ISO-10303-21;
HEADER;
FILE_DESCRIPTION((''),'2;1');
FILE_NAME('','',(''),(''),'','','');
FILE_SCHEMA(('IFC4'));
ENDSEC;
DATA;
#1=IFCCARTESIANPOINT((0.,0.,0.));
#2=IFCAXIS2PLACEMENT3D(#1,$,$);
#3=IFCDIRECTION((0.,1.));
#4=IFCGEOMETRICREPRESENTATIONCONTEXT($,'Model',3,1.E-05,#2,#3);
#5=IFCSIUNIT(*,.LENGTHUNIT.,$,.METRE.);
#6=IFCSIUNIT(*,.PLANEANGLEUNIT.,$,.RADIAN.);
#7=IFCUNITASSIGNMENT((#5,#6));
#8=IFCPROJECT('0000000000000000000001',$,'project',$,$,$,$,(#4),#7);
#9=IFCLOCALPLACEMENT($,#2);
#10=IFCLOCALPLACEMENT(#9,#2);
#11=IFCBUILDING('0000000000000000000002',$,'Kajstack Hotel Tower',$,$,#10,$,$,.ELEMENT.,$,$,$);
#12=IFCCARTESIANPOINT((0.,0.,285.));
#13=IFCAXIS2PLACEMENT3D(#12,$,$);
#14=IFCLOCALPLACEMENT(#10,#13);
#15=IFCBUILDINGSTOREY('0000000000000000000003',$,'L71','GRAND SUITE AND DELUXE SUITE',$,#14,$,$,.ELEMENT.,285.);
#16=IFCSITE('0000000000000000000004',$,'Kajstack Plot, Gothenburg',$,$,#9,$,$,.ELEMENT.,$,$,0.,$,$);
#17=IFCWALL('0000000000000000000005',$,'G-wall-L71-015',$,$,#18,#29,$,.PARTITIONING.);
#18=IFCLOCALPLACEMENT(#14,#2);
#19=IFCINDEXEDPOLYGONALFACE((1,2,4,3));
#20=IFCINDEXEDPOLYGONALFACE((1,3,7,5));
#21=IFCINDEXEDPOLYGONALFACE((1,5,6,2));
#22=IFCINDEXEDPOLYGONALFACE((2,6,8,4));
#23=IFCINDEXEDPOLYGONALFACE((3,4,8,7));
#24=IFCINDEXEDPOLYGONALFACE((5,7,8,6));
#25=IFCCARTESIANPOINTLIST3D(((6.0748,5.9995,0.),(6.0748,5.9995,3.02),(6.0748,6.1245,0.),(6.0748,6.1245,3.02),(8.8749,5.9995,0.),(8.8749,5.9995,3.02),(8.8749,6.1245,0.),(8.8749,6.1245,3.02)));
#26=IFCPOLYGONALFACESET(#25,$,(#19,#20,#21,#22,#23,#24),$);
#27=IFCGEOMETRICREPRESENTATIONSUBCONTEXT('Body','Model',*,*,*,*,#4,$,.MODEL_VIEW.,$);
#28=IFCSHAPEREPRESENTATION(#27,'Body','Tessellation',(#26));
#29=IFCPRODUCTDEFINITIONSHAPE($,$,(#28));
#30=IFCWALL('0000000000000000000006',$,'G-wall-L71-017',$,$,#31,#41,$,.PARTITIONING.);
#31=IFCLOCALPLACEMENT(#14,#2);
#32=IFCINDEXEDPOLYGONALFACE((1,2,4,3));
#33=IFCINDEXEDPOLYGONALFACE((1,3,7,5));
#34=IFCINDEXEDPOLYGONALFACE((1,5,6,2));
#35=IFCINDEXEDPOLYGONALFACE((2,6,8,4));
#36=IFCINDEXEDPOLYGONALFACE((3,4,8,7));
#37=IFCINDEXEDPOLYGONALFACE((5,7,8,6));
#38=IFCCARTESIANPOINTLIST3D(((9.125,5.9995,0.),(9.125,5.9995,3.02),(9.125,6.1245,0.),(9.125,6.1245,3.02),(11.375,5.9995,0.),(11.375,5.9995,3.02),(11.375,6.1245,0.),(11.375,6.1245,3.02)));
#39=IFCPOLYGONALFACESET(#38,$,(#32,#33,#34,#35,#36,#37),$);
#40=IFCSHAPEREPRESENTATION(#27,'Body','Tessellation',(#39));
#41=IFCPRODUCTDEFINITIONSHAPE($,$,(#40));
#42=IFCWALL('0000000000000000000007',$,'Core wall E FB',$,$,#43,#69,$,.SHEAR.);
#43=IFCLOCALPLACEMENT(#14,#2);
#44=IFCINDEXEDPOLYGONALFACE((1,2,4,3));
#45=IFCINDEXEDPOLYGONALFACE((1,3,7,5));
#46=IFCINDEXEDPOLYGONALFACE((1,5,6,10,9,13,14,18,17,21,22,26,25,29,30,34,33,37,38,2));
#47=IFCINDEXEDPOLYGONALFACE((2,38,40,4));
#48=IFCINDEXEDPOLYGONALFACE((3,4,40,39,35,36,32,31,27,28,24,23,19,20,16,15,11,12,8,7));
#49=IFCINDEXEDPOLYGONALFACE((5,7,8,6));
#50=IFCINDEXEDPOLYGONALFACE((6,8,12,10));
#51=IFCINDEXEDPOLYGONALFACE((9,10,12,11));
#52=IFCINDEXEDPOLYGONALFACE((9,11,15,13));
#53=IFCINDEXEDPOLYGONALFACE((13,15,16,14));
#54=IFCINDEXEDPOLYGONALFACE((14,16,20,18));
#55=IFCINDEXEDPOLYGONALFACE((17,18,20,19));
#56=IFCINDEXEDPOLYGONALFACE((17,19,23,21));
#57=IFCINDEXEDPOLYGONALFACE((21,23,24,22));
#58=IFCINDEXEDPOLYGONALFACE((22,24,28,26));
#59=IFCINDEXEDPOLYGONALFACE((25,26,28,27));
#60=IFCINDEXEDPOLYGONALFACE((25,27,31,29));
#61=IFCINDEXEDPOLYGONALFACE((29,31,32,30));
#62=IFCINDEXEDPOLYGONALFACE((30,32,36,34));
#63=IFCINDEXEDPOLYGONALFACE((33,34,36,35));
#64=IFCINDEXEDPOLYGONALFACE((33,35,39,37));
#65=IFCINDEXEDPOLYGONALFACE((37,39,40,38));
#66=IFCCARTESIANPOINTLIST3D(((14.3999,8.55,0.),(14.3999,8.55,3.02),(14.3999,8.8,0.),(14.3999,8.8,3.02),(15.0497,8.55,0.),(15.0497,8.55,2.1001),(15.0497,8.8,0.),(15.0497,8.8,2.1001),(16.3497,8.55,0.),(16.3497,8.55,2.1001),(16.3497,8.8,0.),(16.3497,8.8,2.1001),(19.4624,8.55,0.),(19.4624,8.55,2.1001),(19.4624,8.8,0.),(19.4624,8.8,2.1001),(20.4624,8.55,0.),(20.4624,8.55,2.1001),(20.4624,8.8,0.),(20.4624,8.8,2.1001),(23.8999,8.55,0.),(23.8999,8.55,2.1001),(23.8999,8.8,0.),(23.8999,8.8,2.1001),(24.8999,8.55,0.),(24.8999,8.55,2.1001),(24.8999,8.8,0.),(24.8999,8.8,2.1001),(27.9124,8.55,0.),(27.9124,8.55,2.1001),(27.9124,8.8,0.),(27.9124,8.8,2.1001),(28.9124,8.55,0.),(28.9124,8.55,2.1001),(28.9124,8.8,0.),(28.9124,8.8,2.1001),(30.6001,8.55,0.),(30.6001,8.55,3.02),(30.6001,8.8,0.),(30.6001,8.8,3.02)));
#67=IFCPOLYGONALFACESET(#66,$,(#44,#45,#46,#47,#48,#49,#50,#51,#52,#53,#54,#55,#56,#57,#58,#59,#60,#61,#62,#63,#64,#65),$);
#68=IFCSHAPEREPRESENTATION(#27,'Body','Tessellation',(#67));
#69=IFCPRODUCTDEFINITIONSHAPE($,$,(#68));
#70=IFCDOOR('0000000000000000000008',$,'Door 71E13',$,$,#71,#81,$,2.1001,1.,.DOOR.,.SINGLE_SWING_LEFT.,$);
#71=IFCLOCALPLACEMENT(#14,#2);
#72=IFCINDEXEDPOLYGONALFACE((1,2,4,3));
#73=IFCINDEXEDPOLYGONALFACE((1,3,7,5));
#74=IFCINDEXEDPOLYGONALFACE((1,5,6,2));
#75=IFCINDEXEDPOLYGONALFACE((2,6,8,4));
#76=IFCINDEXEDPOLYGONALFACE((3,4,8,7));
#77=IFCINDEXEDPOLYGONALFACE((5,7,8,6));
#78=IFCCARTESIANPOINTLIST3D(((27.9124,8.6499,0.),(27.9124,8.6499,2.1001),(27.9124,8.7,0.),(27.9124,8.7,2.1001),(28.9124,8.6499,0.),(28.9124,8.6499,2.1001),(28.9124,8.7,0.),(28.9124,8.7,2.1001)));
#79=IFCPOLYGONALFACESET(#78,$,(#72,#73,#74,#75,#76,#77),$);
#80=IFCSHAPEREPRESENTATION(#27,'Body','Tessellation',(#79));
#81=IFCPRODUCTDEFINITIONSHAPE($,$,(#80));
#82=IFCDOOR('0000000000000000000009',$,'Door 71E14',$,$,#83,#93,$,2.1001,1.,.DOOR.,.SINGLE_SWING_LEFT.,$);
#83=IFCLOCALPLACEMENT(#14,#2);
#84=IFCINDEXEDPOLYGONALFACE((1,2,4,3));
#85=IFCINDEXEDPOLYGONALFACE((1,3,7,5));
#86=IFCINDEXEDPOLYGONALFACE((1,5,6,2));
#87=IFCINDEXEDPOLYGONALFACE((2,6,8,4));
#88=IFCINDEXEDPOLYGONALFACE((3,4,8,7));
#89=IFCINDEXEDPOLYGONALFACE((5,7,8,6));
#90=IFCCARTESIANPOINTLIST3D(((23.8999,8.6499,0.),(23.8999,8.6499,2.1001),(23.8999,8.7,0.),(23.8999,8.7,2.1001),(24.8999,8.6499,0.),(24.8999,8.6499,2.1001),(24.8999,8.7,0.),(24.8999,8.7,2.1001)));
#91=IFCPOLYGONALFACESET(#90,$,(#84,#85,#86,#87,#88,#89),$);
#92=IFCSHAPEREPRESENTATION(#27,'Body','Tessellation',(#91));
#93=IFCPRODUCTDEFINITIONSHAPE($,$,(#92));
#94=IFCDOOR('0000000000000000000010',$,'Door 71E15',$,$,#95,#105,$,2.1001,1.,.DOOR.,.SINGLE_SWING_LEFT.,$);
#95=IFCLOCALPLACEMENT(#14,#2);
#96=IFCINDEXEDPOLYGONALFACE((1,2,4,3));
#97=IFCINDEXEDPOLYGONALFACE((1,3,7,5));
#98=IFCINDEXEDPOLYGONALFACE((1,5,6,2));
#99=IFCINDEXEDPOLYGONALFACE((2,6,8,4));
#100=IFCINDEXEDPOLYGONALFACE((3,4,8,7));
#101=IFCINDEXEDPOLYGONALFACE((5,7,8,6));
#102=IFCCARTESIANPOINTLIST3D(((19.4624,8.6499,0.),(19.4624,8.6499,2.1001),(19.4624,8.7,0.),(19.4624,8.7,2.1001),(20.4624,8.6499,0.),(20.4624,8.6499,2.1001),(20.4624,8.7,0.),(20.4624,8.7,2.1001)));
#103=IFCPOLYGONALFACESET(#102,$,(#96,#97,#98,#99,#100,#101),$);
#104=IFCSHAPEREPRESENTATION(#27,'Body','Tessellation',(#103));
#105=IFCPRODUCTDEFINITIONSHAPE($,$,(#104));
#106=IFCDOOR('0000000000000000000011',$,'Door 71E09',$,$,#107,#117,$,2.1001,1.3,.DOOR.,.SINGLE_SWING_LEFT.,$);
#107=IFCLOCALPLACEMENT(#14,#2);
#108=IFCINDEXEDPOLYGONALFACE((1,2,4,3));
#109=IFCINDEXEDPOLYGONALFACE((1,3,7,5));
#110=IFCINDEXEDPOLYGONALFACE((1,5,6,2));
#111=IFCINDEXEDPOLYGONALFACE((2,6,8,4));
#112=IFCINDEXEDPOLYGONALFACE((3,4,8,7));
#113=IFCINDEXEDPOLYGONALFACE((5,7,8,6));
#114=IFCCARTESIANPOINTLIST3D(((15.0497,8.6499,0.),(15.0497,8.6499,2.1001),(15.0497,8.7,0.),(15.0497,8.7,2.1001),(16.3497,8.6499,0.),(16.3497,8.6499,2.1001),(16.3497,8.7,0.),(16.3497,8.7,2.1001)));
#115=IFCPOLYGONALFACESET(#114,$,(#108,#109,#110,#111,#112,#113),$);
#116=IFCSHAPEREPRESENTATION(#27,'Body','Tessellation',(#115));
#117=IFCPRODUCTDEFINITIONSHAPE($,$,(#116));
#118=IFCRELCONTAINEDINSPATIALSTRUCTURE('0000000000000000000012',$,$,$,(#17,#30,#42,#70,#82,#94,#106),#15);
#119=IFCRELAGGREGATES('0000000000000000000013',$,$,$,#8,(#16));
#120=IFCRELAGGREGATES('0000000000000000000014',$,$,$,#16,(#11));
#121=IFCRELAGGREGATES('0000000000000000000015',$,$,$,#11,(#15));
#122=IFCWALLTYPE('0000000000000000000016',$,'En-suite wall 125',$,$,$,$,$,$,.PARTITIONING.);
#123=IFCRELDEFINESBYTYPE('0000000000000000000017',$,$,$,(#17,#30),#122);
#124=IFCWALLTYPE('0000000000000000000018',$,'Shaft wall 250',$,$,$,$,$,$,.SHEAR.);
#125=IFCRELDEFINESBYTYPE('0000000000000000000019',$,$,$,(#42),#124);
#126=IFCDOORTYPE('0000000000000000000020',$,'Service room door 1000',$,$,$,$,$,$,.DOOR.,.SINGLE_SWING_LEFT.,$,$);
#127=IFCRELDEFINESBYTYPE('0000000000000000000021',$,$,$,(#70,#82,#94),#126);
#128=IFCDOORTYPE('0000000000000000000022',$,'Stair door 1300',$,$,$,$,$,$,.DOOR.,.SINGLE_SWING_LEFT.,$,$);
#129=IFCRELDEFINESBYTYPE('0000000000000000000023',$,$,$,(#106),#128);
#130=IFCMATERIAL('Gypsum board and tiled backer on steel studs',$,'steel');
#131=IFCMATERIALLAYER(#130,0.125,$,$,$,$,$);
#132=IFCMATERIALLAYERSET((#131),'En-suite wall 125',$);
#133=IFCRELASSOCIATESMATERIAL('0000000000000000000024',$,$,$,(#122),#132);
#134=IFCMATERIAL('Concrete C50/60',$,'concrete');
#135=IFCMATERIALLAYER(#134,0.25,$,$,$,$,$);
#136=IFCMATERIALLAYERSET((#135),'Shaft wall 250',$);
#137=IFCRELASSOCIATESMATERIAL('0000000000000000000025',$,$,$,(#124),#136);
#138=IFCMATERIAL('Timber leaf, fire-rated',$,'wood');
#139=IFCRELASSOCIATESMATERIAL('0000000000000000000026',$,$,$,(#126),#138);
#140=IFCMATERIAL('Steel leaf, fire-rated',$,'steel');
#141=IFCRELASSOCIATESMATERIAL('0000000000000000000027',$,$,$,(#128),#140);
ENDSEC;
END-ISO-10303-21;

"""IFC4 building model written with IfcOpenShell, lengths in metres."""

from ifc_helpers import new_model, si_unit, direction, frame, frame_2d, origin, place, context, subcontext, project, spatial, rectangle, extrude, material, layer, layer_set, type_object, element, fill, save


model = new_model("IFC4")

# Units and contexts
model_context = context("Model", 3, precision=1e-05, world=origin(), true_north=direction((0.0, 1.0)))
body_context = subcontext(model_context, "Body", "Model", "MODEL_VIEW")
ifc_project = project(units=[si_unit("LENGTHUNIT", "METRE"), si_unit("PLANEANGLEUNIT", "RADIAN")], contexts=[model_context])

# Site, building, storey
site_placement = place(None, origin())
site = spatial("IfcSite", under=ifc_project, at=site_placement, Name="Kajstack Plot, Gothenburg", CompositionType="ELEMENT", RefElevation=0.0)
building_placement = place(site_placement, origin())
building = spatial("IfcBuilding", under=site, at=building_placement, Name="Kajstack Hotel Tower", CompositionType="ELEMENT")
storey_placement = place(building_placement, frame((0.0, 0.0, 285.0)))
storey = spatial("IfcBuildingStorey", under=building, at=storey_placement, Name="L71", Description="GRAND SUITE AND DELUXE SUITE", CompositionType="ELEMENT", Elevation=285.0)

# Walls
ifc_material_1 = material(Name="Gypsum board and tiled backer on steel studs", Category="steel")
ifc_layer_1 = layer(ifc_material_1, 0.125)
ifc_layer_set_1 = layer_set([ifc_layer_1], Name="En-suite wall 125")
wall_type_1 = type_object("IfcWallType", Name="En-suite wall 125", PredefinedType="PARTITIONING", material=ifc_layer_set_1)
wall_1_placement = place(storey_placement, frame((6.075, 6.062, 0.0), z_axis=(0.0, 0.0, 1.0), x_axis=(1.0, 0.0, 0.0)))
element("IfcWall", 1, at=wall_1_placement, inside=storey, type_object=wall_type_1, Name="G-wall-L71-015", PredefinedType="PARTITIONING", context=body_context, shape_type="SweptSolid", body=[
    extrude(rectangle(XDim=2.8, YDim=0.125, at=frame_2d((1.3999, 0.0))), origin(), (0.0, 0.0, 1.0), 3.02),
])
wall_2_placement = place(storey_placement, frame((9.125, 6.062, 0.0), z_axis=(0.0, 0.0, 1.0), x_axis=(1.0, 0.0, 0.0)))
element("IfcWall", 2, at=wall_2_placement, inside=storey, type_object=wall_type_1, Name="G-wall-L71-017", PredefinedType="PARTITIONING", context=body_context, shape_type="SweptSolid", body=[
    extrude(rectangle(XDim=2.25, YDim=0.125, at=frame_2d((1.125, 0.0))), origin(), (0.0, 0.0, 1.0), 3.02),
])

# Wall, openings, doors
ifc_material_2 = material(Name="Concrete C50/60", Category="concrete")
ifc_layer_2 = layer(ifc_material_2, 0.25)
ifc_layer_set_2 = layer_set([ifc_layer_2], Name="Shaft wall 250")
wall_type_2 = type_object("IfcWallType", Name="Shaft wall 250", PredefinedType="SHEAR", material=ifc_layer_set_2)
wall_3_placement = place(storey_placement, frame((14.3999, 8.675, 0.0), z_axis=(0.0, 0.0, 1.0), x_axis=(1.0, 0.0, 0.0)))
wall_3 = element("IfcWall", 3, at=wall_3_placement, inside=storey, type_object=wall_type_2, Name="Core wall E FB", PredefinedType="SHEAR", context=body_context, shape_type="SweptSolid", body=[
    extrude(rectangle(XDim=16.2002, YDim=0.25, at=frame_2d((8.1001, 0.0))), origin(), (0.0, 0.0, 1.0), 3.02),
])
opening_1_placement = place(wall_3_placement, frame((0.6499, 0.0, 0.0)))
opening_1 = element("IfcOpeningElement", 4, at=opening_1_placement, cuts=wall_3, PredefinedType="OPENING", context=body_context, shape_type="SweptSolid", body=[
    extrude(rectangle(XDim=1.3, YDim=2.1001, at=frame_2d((0.6499, 1.05))), frame((0.0, 0.135, 0.0), z_axis=(0.0, -1.0, 0.0), x_axis=(1.0, 0.0, 0.0)), (0.0, 0.0, 1.0), 0.27),
])
opening_2_placement = place(wall_3_placement, frame((13.5125, 0.0, 0.0)))
opening_2 = element("IfcOpeningElement", 5, at=opening_2_placement, cuts=wall_3, PredefinedType="OPENING", context=body_context, shape_type="SweptSolid", body=[
    extrude(rectangle(XDim=1.0, YDim=2.1001, at=frame_2d((0.5, 1.05))), frame((0.0, 0.135, 0.0), z_axis=(0.0, -1.0, 0.0), x_axis=(1.0, 0.0, 0.0)), (0.0, 0.0, 1.0), 0.27),
])
opening_3_placement = place(wall_3_placement, frame((9.5, 0.0, 0.0)))
opening_3 = element("IfcOpeningElement", 6, at=opening_3_placement, cuts=wall_3, PredefinedType="OPENING", context=body_context, shape_type="SweptSolid", body=[
    extrude(rectangle(XDim=1.0, YDim=2.1001, at=frame_2d((0.5, 1.05))), frame((0.0, 0.135, 0.0), z_axis=(0.0, -1.0, 0.0), x_axis=(1.0, 0.0, 0.0)), (0.0, 0.0, 1.0), 0.27),
])
opening_4_placement = place(wall_3_placement, frame((5.0625, 0.0, 0.0)))
opening_4 = element("IfcOpeningElement", 7, at=opening_4_placement, cuts=wall_3, PredefinedType="OPENING", context=body_context, shape_type="SweptSolid", body=[
    extrude(rectangle(XDim=1.0, YDim=2.1001, at=frame_2d((0.5, 1.05))), frame((0.0, 0.135, 0.0), z_axis=(0.0, -1.0, 0.0), x_axis=(1.0, 0.0, 0.0)), (0.0, 0.0, 1.0), 0.27),
])
ifc_material_3 = material(Name="Timber leaf, fire-rated", Category="wood")
door_type_1 = type_object("IfcDoorType", Name="Service room door 1000", OperationType="SINGLE_SWING_LEFT", PredefinedType="DOOR", material=ifc_material_3)
door_1_placement = place(opening_2_placement, origin())
door_1 = element("IfcDoor", 8, at=door_1_placement, inside=storey, type_object=door_type_1, Name="Door 71E13", OperationType="SINGLE_SWING_LEFT", OverallHeight=2.1001, OverallWidth=1.0, PredefinedType="DOOR", context=body_context, shape_type="SweptSolid", body=[
    extrude(rectangle(XDim=1.0, YDim=2.1001, at=frame_2d((0.5, 1.05))), frame((0.0, 0.0249, 0.0), z_axis=(0.0, -1.0, 0.0), x_axis=(1.0, 0.0, 0.0)), (0.0, 0.0, 1.0), 0.05),
])
fill(opening_2, door_1)
door_2_placement = place(opening_3_placement, origin())
door_2 = element("IfcDoor", 9, at=door_2_placement, inside=storey, type_object=door_type_1, Name="Door 71E14", OperationType="SINGLE_SWING_LEFT", OverallHeight=2.1001, OverallWidth=1.0, PredefinedType="DOOR", context=body_context, shape_type="SweptSolid", body=[
    extrude(rectangle(XDim=1.0, YDim=2.1001, at=frame_2d((0.5, 1.05))), frame((0.0, 0.0249, 0.0), z_axis=(0.0, -1.0, 0.0), x_axis=(1.0, 0.0, 0.0)), (0.0, 0.0, 1.0), 0.05),
])
fill(opening_3, door_2)
door_3_placement = place(opening_4_placement, origin())
door_3 = element("IfcDoor", 10, at=door_3_placement, inside=storey, type_object=door_type_1, Name="Door 71E15", OperationType="SINGLE_SWING_LEFT", OverallHeight=2.1001, OverallWidth=1.0, PredefinedType="DOOR", context=body_context, shape_type="SweptSolid", body=[
    extrude(rectangle(XDim=1.0, YDim=2.1001, at=frame_2d((0.5, 1.05))), frame((0.0, 0.0249, 0.0), z_axis=(0.0, -1.0, 0.0), x_axis=(1.0, 0.0, 0.0)), (0.0, 0.0, 1.0), 0.05),
])
fill(opening_4, door_3)
ifc_material_4 = material(Name="Steel leaf, fire-rated", Category="steel")
door_type_2 = type_object("IfcDoorType", Name="Stair door 1300", OperationType="SINGLE_SWING_LEFT", PredefinedType="DOOR", material=ifc_material_4)
door_4_placement = place(opening_1_placement, origin())
door_4 = element("IfcDoor", 11, at=door_4_placement, inside=storey, type_object=door_type_2, Name="Door 71E09", OperationType="SINGLE_SWING_LEFT", OverallHeight=2.1001, OverallWidth=1.3, PredefinedType="DOOR", context=body_context, shape_type="SweptSolid", body=[
    extrude(rectangle(XDim=1.3, YDim=2.1001, at=frame_2d((0.6499, 1.05))), frame((0.0, 0.0249, 0.0), z_axis=(0.0, -1.0, 0.0), x_axis=(1.0, 0.0, 0.0)), (0.0, 0.0, 1.0), 0.05),
])
fill(opening_1, door_4)

save(model, "model.ifc")
